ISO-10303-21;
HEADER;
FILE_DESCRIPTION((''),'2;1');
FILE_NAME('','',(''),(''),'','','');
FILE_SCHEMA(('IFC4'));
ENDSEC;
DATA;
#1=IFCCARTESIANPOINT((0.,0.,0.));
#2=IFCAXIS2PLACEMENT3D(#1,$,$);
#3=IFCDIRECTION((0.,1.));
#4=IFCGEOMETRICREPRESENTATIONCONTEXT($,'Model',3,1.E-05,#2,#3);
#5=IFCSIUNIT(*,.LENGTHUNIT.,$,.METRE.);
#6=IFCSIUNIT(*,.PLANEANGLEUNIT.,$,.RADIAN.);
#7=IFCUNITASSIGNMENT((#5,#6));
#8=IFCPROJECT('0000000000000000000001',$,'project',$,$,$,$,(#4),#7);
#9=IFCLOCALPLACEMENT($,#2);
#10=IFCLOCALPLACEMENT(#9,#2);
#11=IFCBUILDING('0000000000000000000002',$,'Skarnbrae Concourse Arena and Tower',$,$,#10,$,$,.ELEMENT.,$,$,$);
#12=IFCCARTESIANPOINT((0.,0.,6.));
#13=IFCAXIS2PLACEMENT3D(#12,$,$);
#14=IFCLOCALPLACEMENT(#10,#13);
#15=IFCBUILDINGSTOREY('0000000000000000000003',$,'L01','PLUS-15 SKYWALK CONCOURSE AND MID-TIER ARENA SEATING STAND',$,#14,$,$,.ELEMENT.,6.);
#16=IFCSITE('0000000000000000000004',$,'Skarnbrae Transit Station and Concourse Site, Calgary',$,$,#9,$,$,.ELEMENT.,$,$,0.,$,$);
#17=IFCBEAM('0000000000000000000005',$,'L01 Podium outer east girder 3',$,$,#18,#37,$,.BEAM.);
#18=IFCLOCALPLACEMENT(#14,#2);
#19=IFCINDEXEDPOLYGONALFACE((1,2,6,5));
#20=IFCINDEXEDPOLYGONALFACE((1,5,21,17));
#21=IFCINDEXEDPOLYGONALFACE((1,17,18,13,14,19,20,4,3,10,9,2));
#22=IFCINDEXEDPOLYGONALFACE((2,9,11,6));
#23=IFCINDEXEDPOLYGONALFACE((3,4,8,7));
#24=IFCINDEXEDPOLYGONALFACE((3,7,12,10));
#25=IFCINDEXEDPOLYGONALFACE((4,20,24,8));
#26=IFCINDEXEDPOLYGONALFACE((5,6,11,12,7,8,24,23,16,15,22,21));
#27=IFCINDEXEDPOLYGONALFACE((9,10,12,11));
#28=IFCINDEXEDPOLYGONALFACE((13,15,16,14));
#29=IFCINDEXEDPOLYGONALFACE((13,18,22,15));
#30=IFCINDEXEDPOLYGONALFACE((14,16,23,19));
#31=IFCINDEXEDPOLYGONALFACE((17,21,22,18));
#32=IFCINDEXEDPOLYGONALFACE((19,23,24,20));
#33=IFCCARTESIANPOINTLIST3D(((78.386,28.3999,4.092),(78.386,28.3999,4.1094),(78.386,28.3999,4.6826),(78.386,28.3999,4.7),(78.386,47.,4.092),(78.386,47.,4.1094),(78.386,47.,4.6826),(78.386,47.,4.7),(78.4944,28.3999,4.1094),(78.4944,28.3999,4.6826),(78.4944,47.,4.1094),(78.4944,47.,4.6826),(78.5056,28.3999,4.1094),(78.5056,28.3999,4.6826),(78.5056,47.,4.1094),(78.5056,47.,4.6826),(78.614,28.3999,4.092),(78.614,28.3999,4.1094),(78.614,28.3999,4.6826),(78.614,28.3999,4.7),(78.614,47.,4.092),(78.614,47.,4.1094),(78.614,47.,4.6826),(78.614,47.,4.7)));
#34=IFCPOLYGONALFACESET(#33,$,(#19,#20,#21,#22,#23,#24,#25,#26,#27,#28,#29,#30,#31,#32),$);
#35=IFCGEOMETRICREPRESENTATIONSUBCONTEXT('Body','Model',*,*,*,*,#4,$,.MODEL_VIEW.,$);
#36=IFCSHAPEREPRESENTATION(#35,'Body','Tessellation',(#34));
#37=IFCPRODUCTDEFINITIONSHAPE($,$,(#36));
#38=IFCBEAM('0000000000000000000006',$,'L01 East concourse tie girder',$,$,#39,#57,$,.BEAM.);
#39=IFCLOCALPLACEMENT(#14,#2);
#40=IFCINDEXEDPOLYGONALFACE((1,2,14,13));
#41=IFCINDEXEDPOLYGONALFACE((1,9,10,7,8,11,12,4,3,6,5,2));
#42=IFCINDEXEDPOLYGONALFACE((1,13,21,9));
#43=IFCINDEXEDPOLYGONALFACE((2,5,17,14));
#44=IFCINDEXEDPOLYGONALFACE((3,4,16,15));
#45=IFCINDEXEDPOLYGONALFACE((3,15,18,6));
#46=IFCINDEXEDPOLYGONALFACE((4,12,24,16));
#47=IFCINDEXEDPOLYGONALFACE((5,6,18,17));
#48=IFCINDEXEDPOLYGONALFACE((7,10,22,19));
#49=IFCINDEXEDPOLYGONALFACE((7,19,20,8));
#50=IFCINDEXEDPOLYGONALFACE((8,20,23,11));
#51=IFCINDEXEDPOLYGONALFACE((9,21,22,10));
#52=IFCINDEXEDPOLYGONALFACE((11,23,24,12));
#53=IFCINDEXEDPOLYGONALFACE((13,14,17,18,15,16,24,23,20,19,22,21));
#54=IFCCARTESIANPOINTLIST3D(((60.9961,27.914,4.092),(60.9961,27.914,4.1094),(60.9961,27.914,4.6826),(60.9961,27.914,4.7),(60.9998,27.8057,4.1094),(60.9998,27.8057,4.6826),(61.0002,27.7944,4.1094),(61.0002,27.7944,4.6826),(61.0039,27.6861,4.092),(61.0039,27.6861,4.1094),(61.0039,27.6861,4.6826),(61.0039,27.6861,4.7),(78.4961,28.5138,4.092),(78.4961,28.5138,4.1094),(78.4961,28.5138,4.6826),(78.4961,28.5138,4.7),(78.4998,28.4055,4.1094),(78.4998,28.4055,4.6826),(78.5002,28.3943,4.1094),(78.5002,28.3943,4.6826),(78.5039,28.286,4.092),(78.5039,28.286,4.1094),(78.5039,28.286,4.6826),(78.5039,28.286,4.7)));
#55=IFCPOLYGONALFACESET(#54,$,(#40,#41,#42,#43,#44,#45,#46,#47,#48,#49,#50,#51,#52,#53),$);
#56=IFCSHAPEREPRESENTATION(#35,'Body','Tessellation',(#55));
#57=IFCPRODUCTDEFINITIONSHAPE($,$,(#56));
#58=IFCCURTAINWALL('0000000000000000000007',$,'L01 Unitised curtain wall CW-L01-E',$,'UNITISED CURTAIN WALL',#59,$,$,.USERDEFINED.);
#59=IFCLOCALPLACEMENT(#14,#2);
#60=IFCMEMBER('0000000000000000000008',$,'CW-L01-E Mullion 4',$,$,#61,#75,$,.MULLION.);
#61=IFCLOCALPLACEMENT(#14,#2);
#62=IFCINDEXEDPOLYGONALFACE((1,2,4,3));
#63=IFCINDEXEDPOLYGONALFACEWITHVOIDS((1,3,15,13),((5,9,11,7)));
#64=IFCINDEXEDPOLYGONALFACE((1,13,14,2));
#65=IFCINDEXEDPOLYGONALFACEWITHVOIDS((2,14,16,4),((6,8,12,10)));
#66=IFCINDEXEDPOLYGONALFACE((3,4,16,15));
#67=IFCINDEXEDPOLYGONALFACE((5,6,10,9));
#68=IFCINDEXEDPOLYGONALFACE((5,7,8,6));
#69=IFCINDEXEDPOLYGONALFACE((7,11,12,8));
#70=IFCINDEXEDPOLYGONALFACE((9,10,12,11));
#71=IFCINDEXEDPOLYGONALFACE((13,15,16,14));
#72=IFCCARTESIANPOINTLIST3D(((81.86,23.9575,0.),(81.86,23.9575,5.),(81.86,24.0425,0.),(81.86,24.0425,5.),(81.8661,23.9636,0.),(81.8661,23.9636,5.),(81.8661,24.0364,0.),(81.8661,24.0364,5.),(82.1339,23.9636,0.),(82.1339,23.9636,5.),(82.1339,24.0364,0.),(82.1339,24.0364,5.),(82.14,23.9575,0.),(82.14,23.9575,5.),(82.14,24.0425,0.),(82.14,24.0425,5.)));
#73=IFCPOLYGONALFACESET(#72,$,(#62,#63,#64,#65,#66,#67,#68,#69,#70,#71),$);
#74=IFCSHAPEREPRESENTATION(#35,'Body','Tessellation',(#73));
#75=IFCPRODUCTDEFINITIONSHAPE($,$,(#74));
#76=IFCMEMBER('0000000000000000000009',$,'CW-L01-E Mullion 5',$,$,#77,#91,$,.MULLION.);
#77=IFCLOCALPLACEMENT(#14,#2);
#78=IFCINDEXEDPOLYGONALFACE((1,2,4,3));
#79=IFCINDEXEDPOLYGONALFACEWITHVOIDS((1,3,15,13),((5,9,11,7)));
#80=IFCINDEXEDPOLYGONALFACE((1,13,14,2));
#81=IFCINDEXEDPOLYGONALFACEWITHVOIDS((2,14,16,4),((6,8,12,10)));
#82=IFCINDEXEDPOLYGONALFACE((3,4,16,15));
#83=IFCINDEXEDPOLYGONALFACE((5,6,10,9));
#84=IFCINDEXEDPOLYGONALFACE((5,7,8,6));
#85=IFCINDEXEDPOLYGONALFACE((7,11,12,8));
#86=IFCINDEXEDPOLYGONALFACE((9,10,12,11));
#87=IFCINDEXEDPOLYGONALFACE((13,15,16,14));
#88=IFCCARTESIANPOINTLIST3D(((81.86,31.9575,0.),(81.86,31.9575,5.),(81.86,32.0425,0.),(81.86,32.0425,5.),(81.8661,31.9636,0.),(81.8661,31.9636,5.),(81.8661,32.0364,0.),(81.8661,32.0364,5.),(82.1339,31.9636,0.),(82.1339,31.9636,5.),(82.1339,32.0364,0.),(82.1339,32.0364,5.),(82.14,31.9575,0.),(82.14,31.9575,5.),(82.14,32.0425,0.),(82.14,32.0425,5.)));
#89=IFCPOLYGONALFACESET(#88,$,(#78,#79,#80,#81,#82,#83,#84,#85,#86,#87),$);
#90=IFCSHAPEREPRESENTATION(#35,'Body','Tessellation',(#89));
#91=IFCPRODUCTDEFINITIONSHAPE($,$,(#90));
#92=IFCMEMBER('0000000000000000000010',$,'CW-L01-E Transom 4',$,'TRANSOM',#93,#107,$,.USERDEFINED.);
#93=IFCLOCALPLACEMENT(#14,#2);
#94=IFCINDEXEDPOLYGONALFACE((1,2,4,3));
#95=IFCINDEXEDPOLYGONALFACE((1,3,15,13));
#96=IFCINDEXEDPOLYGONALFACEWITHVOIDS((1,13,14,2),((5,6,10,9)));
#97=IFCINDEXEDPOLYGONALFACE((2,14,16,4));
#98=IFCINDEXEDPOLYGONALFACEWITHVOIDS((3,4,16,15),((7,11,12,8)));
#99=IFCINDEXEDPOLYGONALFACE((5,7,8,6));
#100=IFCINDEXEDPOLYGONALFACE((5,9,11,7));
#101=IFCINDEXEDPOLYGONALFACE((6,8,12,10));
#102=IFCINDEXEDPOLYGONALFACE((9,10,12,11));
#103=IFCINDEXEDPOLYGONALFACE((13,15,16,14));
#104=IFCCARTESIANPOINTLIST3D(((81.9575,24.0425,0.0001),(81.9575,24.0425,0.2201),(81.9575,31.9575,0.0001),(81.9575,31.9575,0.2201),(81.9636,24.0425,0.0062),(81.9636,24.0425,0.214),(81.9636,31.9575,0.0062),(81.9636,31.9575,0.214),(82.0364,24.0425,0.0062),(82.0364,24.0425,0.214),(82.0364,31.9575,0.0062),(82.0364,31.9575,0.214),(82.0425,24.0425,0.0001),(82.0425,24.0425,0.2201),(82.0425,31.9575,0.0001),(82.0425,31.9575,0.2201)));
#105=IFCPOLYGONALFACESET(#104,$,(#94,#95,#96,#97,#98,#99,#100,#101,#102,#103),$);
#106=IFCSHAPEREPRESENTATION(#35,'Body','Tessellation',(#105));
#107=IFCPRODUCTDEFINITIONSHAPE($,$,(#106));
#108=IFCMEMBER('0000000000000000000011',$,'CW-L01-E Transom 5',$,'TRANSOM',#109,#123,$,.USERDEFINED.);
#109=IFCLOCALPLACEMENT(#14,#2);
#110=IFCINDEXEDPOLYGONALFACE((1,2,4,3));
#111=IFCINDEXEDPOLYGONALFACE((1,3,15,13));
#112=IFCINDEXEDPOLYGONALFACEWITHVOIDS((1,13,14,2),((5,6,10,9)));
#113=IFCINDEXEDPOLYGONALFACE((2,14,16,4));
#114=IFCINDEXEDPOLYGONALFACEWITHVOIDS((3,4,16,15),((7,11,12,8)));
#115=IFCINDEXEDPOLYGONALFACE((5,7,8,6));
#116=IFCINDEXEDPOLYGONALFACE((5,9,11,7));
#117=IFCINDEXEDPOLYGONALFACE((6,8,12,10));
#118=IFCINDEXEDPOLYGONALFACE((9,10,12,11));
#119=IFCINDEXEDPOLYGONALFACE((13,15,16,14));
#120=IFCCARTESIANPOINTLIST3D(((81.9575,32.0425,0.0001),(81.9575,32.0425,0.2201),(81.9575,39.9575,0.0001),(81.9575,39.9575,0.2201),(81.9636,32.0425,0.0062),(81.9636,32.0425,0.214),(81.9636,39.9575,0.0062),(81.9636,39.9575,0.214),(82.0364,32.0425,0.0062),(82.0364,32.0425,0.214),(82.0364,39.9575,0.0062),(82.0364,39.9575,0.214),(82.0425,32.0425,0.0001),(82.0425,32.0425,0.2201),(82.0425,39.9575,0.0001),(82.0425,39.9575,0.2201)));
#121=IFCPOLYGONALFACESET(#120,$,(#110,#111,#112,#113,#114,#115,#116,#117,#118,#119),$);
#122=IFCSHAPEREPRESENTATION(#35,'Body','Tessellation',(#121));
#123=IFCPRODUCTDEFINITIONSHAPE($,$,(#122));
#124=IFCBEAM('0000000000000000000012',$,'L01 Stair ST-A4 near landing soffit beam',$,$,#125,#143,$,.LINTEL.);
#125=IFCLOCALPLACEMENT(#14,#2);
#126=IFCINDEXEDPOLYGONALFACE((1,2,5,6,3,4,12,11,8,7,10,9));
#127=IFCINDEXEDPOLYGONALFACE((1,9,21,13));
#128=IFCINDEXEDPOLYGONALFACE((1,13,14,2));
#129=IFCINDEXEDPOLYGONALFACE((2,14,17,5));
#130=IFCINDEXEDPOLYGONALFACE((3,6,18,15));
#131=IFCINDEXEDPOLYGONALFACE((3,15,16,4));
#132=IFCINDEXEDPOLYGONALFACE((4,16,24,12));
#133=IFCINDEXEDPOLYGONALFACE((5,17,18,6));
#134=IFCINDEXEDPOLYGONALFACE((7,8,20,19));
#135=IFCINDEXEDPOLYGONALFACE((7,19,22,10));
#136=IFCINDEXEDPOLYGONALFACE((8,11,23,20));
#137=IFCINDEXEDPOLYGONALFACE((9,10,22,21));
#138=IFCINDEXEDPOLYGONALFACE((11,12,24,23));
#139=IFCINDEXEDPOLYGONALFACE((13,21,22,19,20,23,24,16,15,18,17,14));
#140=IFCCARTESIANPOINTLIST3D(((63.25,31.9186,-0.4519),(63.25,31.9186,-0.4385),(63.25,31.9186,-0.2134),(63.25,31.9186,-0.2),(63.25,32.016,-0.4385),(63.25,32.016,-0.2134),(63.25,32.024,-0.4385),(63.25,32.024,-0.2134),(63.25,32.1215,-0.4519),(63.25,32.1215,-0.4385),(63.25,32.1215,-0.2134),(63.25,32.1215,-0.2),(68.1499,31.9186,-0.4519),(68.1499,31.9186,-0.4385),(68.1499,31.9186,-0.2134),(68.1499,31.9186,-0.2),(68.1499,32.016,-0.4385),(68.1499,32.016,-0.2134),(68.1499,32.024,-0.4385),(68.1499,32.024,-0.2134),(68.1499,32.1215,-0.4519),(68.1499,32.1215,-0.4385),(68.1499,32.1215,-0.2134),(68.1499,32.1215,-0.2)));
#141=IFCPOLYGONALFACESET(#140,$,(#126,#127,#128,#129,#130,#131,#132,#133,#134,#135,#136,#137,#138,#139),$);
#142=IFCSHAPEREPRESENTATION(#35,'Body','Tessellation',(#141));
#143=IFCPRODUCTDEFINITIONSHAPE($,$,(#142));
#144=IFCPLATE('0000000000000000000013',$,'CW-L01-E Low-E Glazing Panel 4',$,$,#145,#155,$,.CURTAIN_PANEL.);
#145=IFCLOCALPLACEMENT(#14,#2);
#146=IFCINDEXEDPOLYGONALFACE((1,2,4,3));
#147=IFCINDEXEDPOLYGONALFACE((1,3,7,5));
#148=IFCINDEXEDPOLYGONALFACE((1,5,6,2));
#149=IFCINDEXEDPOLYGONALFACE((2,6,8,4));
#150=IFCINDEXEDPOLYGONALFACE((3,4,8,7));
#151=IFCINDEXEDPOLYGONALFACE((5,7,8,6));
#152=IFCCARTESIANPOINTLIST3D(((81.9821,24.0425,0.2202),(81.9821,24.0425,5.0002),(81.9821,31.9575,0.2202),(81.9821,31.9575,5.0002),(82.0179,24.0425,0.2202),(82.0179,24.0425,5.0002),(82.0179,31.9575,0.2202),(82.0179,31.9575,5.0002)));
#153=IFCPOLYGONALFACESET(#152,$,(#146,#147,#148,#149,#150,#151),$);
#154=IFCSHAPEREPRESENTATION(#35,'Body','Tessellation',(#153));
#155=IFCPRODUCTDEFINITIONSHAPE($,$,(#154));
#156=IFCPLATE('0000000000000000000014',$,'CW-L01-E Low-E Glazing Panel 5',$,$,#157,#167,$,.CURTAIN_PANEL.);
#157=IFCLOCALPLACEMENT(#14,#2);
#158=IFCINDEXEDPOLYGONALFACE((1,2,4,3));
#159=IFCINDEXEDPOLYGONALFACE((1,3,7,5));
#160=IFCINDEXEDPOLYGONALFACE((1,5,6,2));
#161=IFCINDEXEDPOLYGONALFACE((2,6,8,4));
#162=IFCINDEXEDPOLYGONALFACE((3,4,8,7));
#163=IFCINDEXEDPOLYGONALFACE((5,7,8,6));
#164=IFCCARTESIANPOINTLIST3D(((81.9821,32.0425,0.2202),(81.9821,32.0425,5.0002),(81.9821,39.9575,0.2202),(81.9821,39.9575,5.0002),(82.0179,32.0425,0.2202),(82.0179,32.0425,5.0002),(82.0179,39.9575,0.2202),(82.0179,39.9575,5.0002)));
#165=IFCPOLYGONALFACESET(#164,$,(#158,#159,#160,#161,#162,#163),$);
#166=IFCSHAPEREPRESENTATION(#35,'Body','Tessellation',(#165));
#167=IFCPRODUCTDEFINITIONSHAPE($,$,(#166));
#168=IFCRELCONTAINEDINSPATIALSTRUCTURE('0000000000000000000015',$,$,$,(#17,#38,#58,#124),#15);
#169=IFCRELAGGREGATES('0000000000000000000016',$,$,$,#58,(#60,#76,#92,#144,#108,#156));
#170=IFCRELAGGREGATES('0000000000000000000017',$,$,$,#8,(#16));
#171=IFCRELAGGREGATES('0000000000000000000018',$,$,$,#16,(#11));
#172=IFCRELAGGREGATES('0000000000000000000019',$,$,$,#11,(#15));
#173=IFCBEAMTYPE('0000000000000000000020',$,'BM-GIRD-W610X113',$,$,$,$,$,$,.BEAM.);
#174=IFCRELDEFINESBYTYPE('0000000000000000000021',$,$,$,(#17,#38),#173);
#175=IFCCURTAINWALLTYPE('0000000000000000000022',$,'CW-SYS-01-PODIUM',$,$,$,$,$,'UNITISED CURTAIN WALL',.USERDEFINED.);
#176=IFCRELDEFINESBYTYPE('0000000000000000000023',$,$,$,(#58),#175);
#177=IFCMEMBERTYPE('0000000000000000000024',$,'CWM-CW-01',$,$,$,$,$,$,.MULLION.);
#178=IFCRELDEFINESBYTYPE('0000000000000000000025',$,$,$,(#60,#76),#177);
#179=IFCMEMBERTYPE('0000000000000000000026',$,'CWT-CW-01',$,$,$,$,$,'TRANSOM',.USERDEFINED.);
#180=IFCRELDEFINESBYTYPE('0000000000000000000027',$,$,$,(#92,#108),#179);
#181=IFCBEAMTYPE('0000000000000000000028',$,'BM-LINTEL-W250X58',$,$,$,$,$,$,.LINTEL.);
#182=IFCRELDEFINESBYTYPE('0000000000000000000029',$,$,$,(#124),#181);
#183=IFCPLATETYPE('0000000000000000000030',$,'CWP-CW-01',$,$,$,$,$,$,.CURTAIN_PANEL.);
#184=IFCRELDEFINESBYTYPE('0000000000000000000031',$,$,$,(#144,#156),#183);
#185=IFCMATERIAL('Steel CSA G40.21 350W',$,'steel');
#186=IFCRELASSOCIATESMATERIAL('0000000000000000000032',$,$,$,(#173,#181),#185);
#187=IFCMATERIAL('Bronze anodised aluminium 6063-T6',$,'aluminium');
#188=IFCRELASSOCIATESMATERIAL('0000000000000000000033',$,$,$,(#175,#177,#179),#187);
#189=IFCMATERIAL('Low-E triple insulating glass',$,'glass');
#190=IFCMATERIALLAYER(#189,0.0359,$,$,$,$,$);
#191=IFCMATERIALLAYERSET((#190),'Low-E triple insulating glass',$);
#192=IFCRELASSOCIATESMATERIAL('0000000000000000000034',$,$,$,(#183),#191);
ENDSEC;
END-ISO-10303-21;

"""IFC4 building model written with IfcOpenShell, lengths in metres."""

from ifc_helpers import new_model, si_unit, direction, frame, origin, origin_2d, place, context, subcontext, project, spatial, rectangle, hollow_rectangle, i_section, extrude, source, transform, mapped, material, layer, layer_set, material_profile, profile_set, type_object, element, aggregate, save


model = new_model("IFC4")

# Units and contexts
model_context = context("Model", 3, precision=1e-05, world=origin(), true_north=direction((0.0, 1.0)))
body_context = subcontext(model_context, "Body", "Model", "MODEL_VIEW")
ifc_project = project(units=[si_unit("LENGTHUNIT", "METRE"), si_unit("PLANEANGLEUNIT", "RADIAN")], contexts=[model_context])

# Site, building, storey
site_placement = place(None, origin())
site = spatial("IfcSite", under=ifc_project, at=site_placement, Name="Skarnbrae Transit Station and Concourse Site, Calgary", CompositionType="ELEMENT", RefElevation=0.0)
building_placement = place(site_placement, origin())
building = spatial("IfcBuilding", under=site, at=building_placement, Name="Skarnbrae Concourse Arena and Tower", CompositionType="ELEMENT")
storey_placement = place(building_placement, frame((0.0, 0.0, 6.0)))
storey = spatial("IfcBuildingStorey", under=building, at=storey_placement, Name="L01", Description="PLUS-15 SKYWALK CONCOURSE AND MID-TIER ARENA SEATING STAND", CompositionType="ELEMENT", Elevation=6.0)

# Shared definitions
ifc_material_1 = material(Name="Steel CSA G40.21 350W", Category="steel")

# Beams
ifc_material_profile_1 = material_profile(ifc_material_1, i_section(OverallWidth=0.228, OverallDepth=0.6079, WebThickness=0.0112, FlangeThickness=0.0173, at=origin_2d()), Name="W610X113")
ifc_profile_set_1 = profile_set([ifc_material_profile_1], Name="Steel CSA G40.21 350W")
beam_type_1 = type_object("IfcBeamType", Name="BM-GIRD-W610X113", PredefinedType="BEAM", material=ifc_profile_set_1)
shared_shape_1 = source(origin(), body_context, "Body", "SweptSolid", [
    extrude(i_section(OverallWidth=0.228, OverallDepth=0.6079, WebThickness=0.0112, FlangeThickness=0.0173, at=origin_2d()), origin(), (0.0, 0.0, 1.0), 18.6001),
])
beam_1_placement = place(storey_placement, frame((78.5, 28.3999, 4.396), z_axis=(0.0, 1.0, 0.0), x_axis=(-1.0, 0.0, 0.0)))
element("IfcBeam", 1, at=beam_1_placement, inside=storey, type_object=beam_type_1, Name="L01 Podium outer east girder 3", PredefinedType="BEAM", context=body_context, shape_type="MappedRepresentation", body=[
    mapped(shared_shape_1, transform((0.0, 0.0, 0.0))),
])
shared_shape_2 = source(origin(), body_context, "Body", "SweptSolid", [
    extrude(i_section(OverallWidth=0.228, OverallDepth=0.6079, WebThickness=0.0112, FlangeThickness=0.0173, at=origin_2d()), origin(), (0.0, 0.0, 1.0), 17.5103),
])
beam_2_placement = place(storey_placement, frame((61.0, 27.8, 4.396), z_axis=(0.999413, 0.034257, 0.0), x_axis=(-0.034257, 0.999413, 0.0)))
element("IfcBeam", 2, at=beam_2_placement, inside=storey, type_object=beam_type_1, Name="L01 East concourse tie girder", PredefinedType="BEAM", context=body_context, shape_type="MappedRepresentation", body=[
    mapped(shared_shape_2, transform((0.0, 0.0, 0.0))),
])

# Curtain wall, members
ifc_material_2 = material(Name="Bronze anodised aluminium 6063-T6", Category="aluminium")
curtain_wall_type = type_object("IfcCurtainWallType", Name="CW-SYS-01-PODIUM", ElementType="UNITISED CURTAIN WALL", PredefinedType="USERDEFINED", material=ifc_material_2)
curtain_wall_placement = place(storey_placement, origin())
curtain_wall = element("IfcCurtainWall", 3, at=curtain_wall_placement, inside=storey, type_object=curtain_wall_type, Name="L01 Unitised curtain wall CW-L01-E", ObjectType="UNITISED CURTAIN WALL", PredefinedType="USERDEFINED")
ifc_material_profile_2 = material_profile(ifc_material_2, hollow_rectangle(XDim=0.085, YDim=0.28, WallThickness=0.0061, at=origin_2d()), Name="ALU-MULL-85X280")
ifc_profile_set_2 = profile_set([ifc_material_profile_2], Name="Bronze anodised aluminium 6063-T6")
member_type_1 = type_object("IfcMemberType", Name="CWM-CW-01", PredefinedType="MULLION", material=ifc_profile_set_2)
shared_shape_3 = source(origin(), body_context, "Body", "SweptSolid", [
    extrude(hollow_rectangle(XDim=0.085, YDim=0.28, WallThickness=0.0061, at=origin_2d()), origin(), (0.0, 0.0, 1.0), 5.0),
])
member_1_placement = place(storey_placement, frame((82.0, 24.0, 0.0), z_axis=(0.0, 0.0, 1.0), x_axis=(0.0, 1.0, 0.0)))
member_1 = element("IfcMember", 4, at=member_1_placement, type_object=member_type_1, Name="CW-L01-E Mullion 4", PredefinedType="MULLION", context=body_context, shape_type="MappedRepresentation", body=[
    mapped(shared_shape_3, transform((0.0, 0.0, 0.0))),
])
member_2_placement = place(storey_placement, frame((82.0, 32.0, 0.0), z_axis=(0.0, 0.0, 1.0), x_axis=(0.0, 1.0, 0.0)))
member_2 = element("IfcMember", 5, at=member_2_placement, type_object=member_type_1, Name="CW-L01-E Mullion 5", PredefinedType="MULLION", context=body_context, shape_type="MappedRepresentation", body=[
    mapped(shared_shape_3, transform((0.0, 0.0, 0.0))),
])
ifc_material_profile_3 = material_profile(ifc_material_2, hollow_rectangle(XDim=0.085, YDim=0.22, WallThickness=0.0061, at=origin_2d()), Name="ALU-TRAN-85X220")
ifc_profile_set_3 = profile_set([ifc_material_profile_3], Name="Bronze anodised aluminium 6063-T6")
member_type_2 = type_object("IfcMemberType", Name="CWT-CW-01", ElementType="TRANSOM", PredefinedType="USERDEFINED", material=ifc_profile_set_3)
shared_shape_4 = source(origin(), body_context, "Body", "SweptSolid", [
    extrude(hollow_rectangle(XDim=0.085, YDim=0.22, WallThickness=0.0061, at=origin_2d()), origin(), (0.0, 0.0, 1.0), 7.915),
])
member_3_placement = place(storey_placement, frame((82.0, 24.0425, 0.1101), z_axis=(0.0, 1.0, 0.0), x_axis=(-1.0, 0.0, 0.0)))
member_3 = element("IfcMember", 6, at=member_3_placement, type_object=member_type_2, Name="CW-L01-E Transom 4", ObjectType="TRANSOM", PredefinedType="USERDEFINED", context=body_context, shape_type="MappedRepresentation", body=[
    mapped(shared_shape_4, transform((0.0, 0.0, 0.0))),
])
member_4_placement = place(storey_placement, frame((82.0, 32.0425, 0.1101), z_axis=(0.0, 1.0, 0.0), x_axis=(-1.0, 0.0, 0.0)))
member_4 = element("IfcMember", 7, at=member_4_placement, type_object=member_type_2, Name="CW-L01-E Transom 5", ObjectType="TRANSOM", PredefinedType="USERDEFINED", context=body_context, shape_type="MappedRepresentation", body=[
    mapped(shared_shape_4, transform((0.0, 0.0, 0.0))),
])

# Beam
ifc_material_profile_4 = material_profile(ifc_material_1, i_section(OverallWidth=0.2029, OverallDepth=0.252, WebThickness=0.0081, FlangeThickness=0.0134, at=origin_2d()), Name="W250X58")
ifc_profile_set_4 = profile_set([ifc_material_profile_4], Name="Steel CSA G40.21 350W")
beam_type_2 = type_object("IfcBeamType", Name="BM-LINTEL-W250X58", PredefinedType="LINTEL", material=ifc_profile_set_4)
shared_shape_5 = source(origin(), body_context, "Body", "SweptSolid", [
    extrude(i_section(OverallWidth=0.2029, OverallDepth=0.252, WebThickness=0.0081, FlangeThickness=0.0134, at=origin_2d()), origin(), (0.0, 0.0, 1.0), 4.8999),
])
beam_3_placement = place(storey_placement, frame((68.1499, 32.02, -0.3259), z_axis=(-1.0, 0.0, 0.0), x_axis=(0.0, -1.0, 0.0)))
element("IfcBeam", 8, at=beam_3_placement, inside=storey, type_object=beam_type_2, Name="L01 Stair ST-A4 near landing soffit beam", PredefinedType="LINTEL", context=body_context, shape_type="MappedRepresentation", body=[
    mapped(shared_shape_5, transform((0.0, 0.0, 0.0))),
])

# Plates
ifc_material_3 = material(Name="Low-E triple insulating glass", Category="glass")
ifc_layer_1 = layer(ifc_material_3, 0.0359)
ifc_layer_set_1 = layer_set([ifc_layer_1], Name="Low-E triple insulating glass")
plate_type = type_object("IfcPlateType", Name="CWP-CW-01", PredefinedType="CURTAIN_PANEL", material=ifc_layer_set_1)
shared_shape_6 = source(origin(), body_context, "Body", "SweptSolid", [
    extrude(rectangle(XDim=7.915, YDim=0.0359, at=origin_2d()), origin(), (0.0, 0.0, 1.0), 4.78),
])
plate_1_placement = place(storey_placement, frame((82.0, 28.0, 0.2202), z_axis=(0.0, 0.0, 1.0), x_axis=(0.0, 1.0, 0.0)))
plate_1 = element("IfcPlate", 9, at=plate_1_placement, type_object=plate_type, Name="CW-L01-E Low-E Glazing Panel 4", PredefinedType="CURTAIN_PANEL", context=body_context, shape_type="MappedRepresentation", body=[
    mapped(shared_shape_6, transform((0.0, 0.0, 0.0))),
])
plate_2_placement = place(storey_placement, frame((82.0, 36.0, 0.2202), z_axis=(0.0, 0.0, 1.0), x_axis=(0.0, 1.0, 0.0)))
plate_2 = element("IfcPlate", 10, at=plate_2_placement, type_object=plate_type, Name="CW-L01-E Low-E Glazing Panel 5", PredefinedType="CURTAIN_PANEL", context=body_context, shape_type="MappedRepresentation", body=[
    mapped(shared_shape_6, transform((0.0, 0.0, 0.0))),
])
aggregate(curtain_wall, [member_1, member_2, member_3, plate_1, member_4, plate_2])

save(model, "model.ifc")
